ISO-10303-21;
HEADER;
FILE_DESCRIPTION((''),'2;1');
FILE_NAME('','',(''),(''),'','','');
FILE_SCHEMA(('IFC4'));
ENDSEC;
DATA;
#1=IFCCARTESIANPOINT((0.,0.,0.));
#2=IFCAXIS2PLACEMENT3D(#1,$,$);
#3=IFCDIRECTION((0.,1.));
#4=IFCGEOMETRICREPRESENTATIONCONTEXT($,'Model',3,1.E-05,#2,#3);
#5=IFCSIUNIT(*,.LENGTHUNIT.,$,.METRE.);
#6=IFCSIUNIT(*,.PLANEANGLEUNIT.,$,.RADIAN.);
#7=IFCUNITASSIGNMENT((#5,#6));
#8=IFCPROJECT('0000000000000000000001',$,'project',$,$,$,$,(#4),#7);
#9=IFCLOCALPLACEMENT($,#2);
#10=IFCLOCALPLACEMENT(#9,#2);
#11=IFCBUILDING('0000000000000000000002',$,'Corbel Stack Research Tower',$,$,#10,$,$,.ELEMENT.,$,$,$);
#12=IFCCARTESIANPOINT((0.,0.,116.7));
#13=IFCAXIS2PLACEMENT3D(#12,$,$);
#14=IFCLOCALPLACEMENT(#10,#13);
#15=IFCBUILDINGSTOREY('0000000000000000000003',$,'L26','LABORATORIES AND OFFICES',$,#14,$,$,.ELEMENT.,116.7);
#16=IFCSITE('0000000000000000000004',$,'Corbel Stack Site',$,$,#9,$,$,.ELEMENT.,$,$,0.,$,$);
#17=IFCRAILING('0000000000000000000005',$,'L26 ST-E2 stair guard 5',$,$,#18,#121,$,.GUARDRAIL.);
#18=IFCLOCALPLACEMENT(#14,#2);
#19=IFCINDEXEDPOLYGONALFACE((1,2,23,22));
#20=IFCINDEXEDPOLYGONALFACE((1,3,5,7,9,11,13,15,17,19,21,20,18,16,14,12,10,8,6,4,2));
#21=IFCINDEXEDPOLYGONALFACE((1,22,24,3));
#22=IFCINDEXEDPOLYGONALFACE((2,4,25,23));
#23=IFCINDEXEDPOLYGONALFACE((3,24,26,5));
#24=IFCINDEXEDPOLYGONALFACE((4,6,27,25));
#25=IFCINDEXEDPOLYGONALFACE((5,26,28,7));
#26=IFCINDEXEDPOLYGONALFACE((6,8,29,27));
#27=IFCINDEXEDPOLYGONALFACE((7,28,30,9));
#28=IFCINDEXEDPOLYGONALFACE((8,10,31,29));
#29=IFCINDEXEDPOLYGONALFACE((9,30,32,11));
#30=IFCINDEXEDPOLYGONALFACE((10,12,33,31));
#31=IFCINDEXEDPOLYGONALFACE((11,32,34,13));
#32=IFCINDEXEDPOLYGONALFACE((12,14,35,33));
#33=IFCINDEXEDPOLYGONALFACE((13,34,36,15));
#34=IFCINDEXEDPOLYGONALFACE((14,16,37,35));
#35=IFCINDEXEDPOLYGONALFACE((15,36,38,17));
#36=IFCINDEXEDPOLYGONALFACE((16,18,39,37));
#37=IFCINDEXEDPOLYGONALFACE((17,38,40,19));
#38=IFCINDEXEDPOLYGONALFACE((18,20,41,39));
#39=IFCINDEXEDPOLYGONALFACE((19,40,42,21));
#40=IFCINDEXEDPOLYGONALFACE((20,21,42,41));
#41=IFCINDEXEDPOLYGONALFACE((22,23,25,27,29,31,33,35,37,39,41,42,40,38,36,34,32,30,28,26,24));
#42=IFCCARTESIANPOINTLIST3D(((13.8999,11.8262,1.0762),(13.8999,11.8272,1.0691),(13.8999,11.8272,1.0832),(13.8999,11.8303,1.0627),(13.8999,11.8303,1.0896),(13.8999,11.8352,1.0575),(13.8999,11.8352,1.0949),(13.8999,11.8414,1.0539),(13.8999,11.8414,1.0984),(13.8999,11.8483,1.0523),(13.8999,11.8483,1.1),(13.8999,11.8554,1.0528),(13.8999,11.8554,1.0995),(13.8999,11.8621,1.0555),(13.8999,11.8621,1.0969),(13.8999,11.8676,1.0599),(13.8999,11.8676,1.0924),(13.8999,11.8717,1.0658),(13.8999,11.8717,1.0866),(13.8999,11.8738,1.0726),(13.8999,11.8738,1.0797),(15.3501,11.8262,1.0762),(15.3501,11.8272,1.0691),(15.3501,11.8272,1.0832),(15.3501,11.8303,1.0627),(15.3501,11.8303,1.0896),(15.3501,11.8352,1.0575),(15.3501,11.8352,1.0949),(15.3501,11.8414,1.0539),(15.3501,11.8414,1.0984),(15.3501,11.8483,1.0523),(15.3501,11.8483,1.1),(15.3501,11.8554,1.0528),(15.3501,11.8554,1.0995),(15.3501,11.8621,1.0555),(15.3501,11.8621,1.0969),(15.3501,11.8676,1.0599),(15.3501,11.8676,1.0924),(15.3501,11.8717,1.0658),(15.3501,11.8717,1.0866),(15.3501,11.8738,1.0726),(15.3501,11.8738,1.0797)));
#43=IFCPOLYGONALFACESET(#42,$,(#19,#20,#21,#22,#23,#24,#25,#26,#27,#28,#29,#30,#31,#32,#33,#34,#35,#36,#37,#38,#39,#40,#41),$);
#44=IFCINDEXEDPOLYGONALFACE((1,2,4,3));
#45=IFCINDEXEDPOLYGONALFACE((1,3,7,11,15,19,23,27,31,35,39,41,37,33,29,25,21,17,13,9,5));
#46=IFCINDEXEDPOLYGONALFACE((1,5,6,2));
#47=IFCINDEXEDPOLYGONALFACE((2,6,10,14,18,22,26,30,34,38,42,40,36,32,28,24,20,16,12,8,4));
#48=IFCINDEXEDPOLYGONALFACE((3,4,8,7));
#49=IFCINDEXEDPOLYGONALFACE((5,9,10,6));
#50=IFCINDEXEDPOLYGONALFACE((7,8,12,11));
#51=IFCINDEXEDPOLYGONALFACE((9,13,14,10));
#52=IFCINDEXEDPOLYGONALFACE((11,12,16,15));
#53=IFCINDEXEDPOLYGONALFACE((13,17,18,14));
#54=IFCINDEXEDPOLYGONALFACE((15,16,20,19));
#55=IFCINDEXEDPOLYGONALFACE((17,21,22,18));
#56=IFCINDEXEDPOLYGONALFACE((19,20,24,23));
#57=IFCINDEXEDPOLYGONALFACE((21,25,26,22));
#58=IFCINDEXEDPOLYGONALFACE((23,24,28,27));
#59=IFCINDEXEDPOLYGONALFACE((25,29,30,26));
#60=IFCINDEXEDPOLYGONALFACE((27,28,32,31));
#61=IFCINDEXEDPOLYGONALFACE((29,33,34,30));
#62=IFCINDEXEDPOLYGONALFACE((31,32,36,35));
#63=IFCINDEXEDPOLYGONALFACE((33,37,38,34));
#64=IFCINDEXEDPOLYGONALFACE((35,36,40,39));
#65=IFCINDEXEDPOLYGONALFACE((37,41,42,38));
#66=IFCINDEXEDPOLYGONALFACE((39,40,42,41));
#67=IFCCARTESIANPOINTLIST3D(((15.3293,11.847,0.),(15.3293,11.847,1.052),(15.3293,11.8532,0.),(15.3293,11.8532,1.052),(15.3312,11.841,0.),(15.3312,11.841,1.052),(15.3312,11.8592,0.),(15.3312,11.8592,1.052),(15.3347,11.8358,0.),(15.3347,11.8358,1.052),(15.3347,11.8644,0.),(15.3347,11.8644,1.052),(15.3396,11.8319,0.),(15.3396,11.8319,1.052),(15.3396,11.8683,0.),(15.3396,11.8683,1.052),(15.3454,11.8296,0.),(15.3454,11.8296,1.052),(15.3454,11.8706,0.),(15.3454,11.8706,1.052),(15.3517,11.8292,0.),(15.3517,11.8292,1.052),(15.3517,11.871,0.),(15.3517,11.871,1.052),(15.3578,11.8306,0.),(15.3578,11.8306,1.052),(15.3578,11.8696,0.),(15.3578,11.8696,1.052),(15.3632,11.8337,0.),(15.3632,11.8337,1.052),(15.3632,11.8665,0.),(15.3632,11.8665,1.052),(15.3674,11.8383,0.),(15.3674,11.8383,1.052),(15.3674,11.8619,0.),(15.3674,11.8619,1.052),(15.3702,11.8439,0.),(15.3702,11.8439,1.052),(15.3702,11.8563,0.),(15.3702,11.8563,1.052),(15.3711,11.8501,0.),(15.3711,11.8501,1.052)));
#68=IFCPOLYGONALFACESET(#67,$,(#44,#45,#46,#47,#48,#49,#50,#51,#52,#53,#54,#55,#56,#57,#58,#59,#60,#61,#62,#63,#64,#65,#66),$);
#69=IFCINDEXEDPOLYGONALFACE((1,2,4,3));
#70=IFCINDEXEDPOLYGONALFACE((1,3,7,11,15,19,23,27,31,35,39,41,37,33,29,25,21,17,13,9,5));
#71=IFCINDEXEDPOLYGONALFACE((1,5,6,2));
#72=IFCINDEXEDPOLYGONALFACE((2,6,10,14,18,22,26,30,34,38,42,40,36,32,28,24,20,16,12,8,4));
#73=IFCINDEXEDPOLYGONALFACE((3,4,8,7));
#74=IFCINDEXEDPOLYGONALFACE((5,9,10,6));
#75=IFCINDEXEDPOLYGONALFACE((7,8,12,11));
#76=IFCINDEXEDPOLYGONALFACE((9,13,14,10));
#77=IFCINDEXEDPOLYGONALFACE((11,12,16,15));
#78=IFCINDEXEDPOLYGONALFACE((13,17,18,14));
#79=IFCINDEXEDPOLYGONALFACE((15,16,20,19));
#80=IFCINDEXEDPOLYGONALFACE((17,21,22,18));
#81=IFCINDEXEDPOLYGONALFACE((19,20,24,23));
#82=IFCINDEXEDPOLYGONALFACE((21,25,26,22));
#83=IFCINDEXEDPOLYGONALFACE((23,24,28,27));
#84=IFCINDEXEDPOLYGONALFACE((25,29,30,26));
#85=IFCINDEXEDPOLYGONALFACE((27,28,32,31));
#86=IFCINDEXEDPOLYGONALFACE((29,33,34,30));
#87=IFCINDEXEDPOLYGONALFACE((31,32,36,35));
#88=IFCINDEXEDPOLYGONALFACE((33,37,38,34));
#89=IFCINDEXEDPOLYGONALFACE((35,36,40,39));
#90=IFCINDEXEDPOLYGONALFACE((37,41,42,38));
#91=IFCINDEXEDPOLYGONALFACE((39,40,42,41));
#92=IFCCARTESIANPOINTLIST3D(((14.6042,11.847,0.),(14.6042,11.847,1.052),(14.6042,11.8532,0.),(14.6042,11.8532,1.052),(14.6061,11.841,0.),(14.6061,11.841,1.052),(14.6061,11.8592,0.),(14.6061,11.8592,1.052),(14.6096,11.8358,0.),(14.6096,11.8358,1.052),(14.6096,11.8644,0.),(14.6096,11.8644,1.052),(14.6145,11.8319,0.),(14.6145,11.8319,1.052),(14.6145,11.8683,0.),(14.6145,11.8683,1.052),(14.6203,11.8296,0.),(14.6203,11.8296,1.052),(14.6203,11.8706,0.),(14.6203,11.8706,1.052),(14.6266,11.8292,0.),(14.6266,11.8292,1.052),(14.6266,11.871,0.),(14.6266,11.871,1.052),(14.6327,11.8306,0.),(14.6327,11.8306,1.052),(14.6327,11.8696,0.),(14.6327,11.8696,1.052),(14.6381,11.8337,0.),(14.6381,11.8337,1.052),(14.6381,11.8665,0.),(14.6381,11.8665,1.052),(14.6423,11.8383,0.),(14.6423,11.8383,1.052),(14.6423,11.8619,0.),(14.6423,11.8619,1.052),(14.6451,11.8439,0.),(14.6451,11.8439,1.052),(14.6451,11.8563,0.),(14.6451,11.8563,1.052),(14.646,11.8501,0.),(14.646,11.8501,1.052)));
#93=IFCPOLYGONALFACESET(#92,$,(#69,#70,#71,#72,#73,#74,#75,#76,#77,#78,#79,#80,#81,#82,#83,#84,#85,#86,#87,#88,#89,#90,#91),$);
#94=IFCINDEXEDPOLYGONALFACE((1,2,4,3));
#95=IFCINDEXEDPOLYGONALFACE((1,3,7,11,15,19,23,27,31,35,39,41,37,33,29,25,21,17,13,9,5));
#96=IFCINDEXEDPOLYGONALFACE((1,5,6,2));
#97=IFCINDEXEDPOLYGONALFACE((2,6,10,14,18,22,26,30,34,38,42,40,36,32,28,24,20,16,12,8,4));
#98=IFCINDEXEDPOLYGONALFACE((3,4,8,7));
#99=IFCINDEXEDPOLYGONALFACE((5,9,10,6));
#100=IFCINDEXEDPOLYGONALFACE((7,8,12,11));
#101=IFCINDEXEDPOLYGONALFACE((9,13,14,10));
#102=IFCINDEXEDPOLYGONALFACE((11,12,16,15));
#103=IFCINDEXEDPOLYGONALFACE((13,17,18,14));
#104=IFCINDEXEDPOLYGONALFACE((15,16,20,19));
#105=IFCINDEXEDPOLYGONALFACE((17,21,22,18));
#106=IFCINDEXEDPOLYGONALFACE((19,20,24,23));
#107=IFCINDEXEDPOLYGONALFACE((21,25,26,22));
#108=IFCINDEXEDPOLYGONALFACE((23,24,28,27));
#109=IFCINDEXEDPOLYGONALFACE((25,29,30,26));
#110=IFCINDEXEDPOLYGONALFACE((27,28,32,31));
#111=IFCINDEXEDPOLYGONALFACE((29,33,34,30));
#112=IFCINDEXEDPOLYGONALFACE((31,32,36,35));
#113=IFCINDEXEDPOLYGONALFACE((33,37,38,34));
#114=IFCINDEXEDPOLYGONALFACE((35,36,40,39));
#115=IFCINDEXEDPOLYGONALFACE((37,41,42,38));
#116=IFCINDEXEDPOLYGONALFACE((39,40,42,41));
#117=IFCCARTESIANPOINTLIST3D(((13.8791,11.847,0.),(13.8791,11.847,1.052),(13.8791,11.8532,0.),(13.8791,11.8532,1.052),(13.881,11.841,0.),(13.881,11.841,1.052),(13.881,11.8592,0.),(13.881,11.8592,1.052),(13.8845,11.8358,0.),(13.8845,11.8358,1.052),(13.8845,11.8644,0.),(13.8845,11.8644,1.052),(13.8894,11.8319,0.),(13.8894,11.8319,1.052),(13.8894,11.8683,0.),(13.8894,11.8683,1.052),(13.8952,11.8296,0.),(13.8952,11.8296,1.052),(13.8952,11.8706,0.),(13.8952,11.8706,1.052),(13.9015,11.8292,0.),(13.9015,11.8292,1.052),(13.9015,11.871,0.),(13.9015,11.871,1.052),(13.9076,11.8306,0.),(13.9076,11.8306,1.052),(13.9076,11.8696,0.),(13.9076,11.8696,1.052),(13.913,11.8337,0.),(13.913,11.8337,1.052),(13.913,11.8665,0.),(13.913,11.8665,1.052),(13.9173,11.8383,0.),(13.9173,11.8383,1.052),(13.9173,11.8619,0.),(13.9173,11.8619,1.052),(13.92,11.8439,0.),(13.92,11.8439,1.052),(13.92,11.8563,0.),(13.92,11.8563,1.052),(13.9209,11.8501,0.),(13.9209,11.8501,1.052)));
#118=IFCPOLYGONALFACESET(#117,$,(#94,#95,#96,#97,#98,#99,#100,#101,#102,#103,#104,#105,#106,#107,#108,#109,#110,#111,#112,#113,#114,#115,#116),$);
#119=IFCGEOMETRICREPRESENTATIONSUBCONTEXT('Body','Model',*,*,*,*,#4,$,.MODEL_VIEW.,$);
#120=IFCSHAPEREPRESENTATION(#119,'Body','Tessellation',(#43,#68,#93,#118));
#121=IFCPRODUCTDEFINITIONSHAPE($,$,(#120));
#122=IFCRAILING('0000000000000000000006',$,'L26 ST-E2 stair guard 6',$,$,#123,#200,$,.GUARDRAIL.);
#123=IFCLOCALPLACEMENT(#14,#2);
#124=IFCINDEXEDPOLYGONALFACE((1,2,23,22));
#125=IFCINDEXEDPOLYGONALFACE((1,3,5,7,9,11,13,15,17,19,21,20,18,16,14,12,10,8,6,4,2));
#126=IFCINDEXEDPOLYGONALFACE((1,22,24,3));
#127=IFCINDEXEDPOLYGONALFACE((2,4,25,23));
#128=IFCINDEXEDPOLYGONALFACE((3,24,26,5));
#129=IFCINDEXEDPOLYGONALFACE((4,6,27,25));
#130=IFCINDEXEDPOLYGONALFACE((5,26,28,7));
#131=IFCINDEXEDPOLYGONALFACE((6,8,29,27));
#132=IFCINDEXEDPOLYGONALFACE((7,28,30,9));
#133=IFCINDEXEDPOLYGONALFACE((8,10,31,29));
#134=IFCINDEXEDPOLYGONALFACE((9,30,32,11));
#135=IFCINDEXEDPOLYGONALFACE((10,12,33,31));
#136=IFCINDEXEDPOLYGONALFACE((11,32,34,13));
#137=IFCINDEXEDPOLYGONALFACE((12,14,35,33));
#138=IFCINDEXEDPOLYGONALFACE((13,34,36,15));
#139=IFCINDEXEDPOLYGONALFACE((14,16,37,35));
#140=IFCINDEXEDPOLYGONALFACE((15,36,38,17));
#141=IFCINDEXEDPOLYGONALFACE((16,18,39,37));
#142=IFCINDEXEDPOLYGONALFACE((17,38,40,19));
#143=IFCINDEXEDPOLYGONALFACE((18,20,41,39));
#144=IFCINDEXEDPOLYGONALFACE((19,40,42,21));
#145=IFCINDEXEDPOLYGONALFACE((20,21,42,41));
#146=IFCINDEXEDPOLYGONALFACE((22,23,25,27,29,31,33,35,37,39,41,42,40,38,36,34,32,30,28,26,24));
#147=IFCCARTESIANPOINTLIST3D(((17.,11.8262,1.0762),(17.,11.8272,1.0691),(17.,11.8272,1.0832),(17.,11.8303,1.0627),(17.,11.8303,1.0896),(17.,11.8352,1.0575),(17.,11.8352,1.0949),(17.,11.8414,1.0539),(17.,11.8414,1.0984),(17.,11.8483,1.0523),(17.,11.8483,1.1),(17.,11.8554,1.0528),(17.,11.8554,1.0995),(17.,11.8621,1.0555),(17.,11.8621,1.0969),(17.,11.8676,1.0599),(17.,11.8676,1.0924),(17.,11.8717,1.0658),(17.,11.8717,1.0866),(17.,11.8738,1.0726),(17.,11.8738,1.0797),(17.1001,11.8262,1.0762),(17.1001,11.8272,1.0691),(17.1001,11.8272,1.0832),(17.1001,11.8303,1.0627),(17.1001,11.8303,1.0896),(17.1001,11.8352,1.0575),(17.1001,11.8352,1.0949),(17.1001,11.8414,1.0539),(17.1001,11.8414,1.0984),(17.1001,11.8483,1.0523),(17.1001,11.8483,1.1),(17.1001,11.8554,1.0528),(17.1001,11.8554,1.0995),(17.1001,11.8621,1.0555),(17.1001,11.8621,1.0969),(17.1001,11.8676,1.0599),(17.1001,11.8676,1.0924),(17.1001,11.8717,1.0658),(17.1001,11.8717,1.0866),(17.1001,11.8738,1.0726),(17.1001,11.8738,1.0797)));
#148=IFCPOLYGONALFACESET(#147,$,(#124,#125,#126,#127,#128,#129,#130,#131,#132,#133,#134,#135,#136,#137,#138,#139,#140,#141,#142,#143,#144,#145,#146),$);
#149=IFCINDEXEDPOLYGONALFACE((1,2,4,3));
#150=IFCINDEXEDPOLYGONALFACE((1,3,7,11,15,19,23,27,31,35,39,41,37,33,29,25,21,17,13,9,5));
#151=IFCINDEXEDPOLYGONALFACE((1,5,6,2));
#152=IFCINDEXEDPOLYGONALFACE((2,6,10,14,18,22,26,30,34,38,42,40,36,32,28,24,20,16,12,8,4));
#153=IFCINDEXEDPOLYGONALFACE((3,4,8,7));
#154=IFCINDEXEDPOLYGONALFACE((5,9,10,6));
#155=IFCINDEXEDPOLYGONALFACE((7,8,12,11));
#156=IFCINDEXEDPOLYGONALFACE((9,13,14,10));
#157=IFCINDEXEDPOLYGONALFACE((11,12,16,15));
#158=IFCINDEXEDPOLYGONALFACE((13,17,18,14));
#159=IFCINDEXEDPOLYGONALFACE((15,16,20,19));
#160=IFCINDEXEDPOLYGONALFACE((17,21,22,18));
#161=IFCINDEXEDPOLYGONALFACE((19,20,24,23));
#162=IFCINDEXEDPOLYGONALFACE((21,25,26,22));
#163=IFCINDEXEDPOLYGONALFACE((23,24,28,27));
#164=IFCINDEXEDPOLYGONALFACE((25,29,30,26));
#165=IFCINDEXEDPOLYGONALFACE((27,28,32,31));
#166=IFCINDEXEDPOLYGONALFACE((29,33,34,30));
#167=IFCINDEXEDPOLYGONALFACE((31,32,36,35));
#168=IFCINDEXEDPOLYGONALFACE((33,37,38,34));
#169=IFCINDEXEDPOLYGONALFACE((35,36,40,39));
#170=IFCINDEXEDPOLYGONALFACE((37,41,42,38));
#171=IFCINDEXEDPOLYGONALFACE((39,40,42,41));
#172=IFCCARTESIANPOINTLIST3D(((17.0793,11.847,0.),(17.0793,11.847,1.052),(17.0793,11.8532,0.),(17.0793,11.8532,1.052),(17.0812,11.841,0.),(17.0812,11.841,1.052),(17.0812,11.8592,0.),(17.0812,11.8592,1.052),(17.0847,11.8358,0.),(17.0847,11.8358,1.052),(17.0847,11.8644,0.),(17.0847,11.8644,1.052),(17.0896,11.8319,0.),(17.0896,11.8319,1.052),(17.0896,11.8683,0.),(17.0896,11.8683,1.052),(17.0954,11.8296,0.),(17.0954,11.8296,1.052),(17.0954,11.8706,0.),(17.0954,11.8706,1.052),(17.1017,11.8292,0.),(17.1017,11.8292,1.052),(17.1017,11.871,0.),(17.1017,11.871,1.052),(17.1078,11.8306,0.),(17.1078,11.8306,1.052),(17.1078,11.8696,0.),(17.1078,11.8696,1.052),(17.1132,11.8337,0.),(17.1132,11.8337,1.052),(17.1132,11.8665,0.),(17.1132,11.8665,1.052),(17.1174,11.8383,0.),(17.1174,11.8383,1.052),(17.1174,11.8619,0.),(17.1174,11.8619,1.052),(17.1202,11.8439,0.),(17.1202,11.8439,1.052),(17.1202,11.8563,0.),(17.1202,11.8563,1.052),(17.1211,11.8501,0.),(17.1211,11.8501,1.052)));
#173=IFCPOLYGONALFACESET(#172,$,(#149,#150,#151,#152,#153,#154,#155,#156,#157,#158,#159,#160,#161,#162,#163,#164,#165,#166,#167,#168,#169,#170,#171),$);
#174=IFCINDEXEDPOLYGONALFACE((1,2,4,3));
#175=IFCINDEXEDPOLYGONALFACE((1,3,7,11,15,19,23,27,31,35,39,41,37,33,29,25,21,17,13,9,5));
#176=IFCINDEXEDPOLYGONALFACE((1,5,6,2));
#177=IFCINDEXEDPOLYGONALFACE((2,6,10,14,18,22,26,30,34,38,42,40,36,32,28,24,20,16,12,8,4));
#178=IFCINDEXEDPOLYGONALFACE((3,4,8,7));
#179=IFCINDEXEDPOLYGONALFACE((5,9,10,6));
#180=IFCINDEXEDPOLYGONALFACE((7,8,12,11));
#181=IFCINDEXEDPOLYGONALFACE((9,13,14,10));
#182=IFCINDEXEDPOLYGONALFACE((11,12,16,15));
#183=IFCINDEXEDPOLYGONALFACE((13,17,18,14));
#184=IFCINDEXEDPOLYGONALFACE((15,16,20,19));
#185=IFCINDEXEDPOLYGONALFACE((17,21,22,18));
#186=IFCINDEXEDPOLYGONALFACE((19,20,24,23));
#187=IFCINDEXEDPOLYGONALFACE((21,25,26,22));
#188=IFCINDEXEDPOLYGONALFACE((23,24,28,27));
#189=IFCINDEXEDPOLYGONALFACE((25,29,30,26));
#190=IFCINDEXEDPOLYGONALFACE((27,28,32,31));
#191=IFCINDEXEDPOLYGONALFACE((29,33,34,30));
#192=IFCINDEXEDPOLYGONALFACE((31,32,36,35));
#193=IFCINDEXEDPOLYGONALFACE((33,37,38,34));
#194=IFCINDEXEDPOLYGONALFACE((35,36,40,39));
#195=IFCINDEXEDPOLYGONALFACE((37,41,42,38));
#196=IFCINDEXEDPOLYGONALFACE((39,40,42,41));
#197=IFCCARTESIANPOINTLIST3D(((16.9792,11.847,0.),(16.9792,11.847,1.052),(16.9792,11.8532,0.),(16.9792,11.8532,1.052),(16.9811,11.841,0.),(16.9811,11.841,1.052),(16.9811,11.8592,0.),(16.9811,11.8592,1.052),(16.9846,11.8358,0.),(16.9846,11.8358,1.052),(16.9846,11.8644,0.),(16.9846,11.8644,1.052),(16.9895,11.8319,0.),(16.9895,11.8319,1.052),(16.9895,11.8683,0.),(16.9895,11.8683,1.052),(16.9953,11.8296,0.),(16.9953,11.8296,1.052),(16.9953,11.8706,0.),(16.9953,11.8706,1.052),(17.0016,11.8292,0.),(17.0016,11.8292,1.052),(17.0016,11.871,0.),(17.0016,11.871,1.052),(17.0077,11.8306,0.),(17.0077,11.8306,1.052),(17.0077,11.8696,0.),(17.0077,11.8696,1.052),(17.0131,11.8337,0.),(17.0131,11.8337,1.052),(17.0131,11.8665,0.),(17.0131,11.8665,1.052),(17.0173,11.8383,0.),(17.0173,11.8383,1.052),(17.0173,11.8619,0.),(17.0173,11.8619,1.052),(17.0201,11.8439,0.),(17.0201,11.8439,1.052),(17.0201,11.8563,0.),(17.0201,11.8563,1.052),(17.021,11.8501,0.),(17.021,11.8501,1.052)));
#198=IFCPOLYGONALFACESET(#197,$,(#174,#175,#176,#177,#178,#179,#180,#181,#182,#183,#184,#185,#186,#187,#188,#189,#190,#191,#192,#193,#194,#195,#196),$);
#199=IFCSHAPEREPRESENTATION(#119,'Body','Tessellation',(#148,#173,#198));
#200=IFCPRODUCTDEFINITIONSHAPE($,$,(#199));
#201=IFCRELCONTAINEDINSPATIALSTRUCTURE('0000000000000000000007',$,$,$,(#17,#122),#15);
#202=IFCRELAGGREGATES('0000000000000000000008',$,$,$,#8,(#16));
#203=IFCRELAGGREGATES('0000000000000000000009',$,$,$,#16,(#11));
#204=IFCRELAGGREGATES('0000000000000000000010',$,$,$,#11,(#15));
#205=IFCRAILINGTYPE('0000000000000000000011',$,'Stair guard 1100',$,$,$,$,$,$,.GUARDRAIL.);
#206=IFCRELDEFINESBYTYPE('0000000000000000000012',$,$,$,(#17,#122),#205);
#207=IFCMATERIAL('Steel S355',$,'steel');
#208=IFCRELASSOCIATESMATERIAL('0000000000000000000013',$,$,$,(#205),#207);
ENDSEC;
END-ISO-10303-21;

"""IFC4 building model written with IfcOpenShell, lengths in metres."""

from ifc_helpers import new_model, si_unit, direction, frame, origin, origin_2d, place, context, subcontext, project, spatial, circle, extrude, material, type_object, element, save


model = new_model("IFC4")

# Units and contexts
model_context = context("Model", 3, precision=1e-05, world=origin(), true_north=direction((0.0, 1.0)))
body_context = subcontext(model_context, "Body", "Model", "MODEL_VIEW")
ifc_project = project(units=[si_unit("LENGTHUNIT", "METRE"), si_unit("PLANEANGLEUNIT", "RADIAN")], contexts=[model_context])

# Site, building, storey
site_placement = place(None, origin())
site = spatial("IfcSite", under=ifc_project, at=site_placement, Name="Corbel Stack Site", CompositionType="ELEMENT", RefElevation=0.0)
building_placement = place(site_placement, origin())
building = spatial("IfcBuilding", under=site, at=building_placement, Name="Corbel Stack Research Tower", CompositionType="ELEMENT")
storey_placement = place(building_placement, frame((0.0, 0.0, 116.7)))
storey = spatial("IfcBuildingStorey", under=building, at=storey_placement, Name="L26", Description="LABORATORIES AND OFFICES", CompositionType="ELEMENT", Elevation=116.7)

# Railings
ifc_material_1 = material(Name="Steel S355", Category="steel")
railing_type_1 = type_object("IfcRailingType", Name="Stair guard 1100", PredefinedType="GUARDRAIL", material=ifc_material_1)
railing_1_placement = place(storey_placement, frame((15.3501, 11.8501, 0.0)))
element("IfcRailing", 1, at=railing_1_placement, inside=storey, type_object=railing_type_1, Name="L26 ST-E2 stair guard 5", PredefinedType="GUARDRAIL", context=body_context, shape_type="SweptSolid", body=[
    extrude(circle(Radius=0.0239, at=origin_2d()), frame((0.0, 0.0, 1.0762), z_axis=(-1.0, 0.0, 0.0), x_axis=(0.0, -1.0, 0.0)), (0.0, 0.0, 1.0), 1.4502),
    extrude(circle(Radius=0.021, at=origin_2d()), origin(), (0.0, 0.0, 1.0), 1.052),
    extrude(circle(Radius=0.021, at=origin_2d()), frame((-0.7251, 0.0, 0.0)), (0.0, 0.0, 1.0), 1.052),
    extrude(circle(Radius=0.021, at=origin_2d()), frame((-1.4502, 0.0, 0.0)), (0.0, 0.0, 1.0), 1.052),
])
railing_2_placement = place(storey_placement, frame((17.1001, 11.8501, 0.0)))
element("IfcRailing", 2, at=railing_2_placement, inside=storey, type_object=railing_type_1, Name="L26 ST-E2 stair guard 6", PredefinedType="GUARDRAIL", context=body_context, shape_type="SweptSolid", body=[
    extrude(circle(Radius=0.0239, at=origin_2d()), frame((0.0, 0.0, 1.0762), z_axis=(-1.0, 0.0, 0.0), x_axis=(0.0, -1.0, 0.0)), (0.0, 0.0, 1.0), 0.1001),
    extrude(circle(Radius=0.021, at=origin_2d()), origin(), (0.0, 0.0, 1.0), 1.052),
    extrude(circle(Radius=0.021, at=origin_2d()), frame((-0.1001, 0.0, 0.0)), (0.0, 0.0, 1.0), 1.052),
])

save(model, "model.ifc")
